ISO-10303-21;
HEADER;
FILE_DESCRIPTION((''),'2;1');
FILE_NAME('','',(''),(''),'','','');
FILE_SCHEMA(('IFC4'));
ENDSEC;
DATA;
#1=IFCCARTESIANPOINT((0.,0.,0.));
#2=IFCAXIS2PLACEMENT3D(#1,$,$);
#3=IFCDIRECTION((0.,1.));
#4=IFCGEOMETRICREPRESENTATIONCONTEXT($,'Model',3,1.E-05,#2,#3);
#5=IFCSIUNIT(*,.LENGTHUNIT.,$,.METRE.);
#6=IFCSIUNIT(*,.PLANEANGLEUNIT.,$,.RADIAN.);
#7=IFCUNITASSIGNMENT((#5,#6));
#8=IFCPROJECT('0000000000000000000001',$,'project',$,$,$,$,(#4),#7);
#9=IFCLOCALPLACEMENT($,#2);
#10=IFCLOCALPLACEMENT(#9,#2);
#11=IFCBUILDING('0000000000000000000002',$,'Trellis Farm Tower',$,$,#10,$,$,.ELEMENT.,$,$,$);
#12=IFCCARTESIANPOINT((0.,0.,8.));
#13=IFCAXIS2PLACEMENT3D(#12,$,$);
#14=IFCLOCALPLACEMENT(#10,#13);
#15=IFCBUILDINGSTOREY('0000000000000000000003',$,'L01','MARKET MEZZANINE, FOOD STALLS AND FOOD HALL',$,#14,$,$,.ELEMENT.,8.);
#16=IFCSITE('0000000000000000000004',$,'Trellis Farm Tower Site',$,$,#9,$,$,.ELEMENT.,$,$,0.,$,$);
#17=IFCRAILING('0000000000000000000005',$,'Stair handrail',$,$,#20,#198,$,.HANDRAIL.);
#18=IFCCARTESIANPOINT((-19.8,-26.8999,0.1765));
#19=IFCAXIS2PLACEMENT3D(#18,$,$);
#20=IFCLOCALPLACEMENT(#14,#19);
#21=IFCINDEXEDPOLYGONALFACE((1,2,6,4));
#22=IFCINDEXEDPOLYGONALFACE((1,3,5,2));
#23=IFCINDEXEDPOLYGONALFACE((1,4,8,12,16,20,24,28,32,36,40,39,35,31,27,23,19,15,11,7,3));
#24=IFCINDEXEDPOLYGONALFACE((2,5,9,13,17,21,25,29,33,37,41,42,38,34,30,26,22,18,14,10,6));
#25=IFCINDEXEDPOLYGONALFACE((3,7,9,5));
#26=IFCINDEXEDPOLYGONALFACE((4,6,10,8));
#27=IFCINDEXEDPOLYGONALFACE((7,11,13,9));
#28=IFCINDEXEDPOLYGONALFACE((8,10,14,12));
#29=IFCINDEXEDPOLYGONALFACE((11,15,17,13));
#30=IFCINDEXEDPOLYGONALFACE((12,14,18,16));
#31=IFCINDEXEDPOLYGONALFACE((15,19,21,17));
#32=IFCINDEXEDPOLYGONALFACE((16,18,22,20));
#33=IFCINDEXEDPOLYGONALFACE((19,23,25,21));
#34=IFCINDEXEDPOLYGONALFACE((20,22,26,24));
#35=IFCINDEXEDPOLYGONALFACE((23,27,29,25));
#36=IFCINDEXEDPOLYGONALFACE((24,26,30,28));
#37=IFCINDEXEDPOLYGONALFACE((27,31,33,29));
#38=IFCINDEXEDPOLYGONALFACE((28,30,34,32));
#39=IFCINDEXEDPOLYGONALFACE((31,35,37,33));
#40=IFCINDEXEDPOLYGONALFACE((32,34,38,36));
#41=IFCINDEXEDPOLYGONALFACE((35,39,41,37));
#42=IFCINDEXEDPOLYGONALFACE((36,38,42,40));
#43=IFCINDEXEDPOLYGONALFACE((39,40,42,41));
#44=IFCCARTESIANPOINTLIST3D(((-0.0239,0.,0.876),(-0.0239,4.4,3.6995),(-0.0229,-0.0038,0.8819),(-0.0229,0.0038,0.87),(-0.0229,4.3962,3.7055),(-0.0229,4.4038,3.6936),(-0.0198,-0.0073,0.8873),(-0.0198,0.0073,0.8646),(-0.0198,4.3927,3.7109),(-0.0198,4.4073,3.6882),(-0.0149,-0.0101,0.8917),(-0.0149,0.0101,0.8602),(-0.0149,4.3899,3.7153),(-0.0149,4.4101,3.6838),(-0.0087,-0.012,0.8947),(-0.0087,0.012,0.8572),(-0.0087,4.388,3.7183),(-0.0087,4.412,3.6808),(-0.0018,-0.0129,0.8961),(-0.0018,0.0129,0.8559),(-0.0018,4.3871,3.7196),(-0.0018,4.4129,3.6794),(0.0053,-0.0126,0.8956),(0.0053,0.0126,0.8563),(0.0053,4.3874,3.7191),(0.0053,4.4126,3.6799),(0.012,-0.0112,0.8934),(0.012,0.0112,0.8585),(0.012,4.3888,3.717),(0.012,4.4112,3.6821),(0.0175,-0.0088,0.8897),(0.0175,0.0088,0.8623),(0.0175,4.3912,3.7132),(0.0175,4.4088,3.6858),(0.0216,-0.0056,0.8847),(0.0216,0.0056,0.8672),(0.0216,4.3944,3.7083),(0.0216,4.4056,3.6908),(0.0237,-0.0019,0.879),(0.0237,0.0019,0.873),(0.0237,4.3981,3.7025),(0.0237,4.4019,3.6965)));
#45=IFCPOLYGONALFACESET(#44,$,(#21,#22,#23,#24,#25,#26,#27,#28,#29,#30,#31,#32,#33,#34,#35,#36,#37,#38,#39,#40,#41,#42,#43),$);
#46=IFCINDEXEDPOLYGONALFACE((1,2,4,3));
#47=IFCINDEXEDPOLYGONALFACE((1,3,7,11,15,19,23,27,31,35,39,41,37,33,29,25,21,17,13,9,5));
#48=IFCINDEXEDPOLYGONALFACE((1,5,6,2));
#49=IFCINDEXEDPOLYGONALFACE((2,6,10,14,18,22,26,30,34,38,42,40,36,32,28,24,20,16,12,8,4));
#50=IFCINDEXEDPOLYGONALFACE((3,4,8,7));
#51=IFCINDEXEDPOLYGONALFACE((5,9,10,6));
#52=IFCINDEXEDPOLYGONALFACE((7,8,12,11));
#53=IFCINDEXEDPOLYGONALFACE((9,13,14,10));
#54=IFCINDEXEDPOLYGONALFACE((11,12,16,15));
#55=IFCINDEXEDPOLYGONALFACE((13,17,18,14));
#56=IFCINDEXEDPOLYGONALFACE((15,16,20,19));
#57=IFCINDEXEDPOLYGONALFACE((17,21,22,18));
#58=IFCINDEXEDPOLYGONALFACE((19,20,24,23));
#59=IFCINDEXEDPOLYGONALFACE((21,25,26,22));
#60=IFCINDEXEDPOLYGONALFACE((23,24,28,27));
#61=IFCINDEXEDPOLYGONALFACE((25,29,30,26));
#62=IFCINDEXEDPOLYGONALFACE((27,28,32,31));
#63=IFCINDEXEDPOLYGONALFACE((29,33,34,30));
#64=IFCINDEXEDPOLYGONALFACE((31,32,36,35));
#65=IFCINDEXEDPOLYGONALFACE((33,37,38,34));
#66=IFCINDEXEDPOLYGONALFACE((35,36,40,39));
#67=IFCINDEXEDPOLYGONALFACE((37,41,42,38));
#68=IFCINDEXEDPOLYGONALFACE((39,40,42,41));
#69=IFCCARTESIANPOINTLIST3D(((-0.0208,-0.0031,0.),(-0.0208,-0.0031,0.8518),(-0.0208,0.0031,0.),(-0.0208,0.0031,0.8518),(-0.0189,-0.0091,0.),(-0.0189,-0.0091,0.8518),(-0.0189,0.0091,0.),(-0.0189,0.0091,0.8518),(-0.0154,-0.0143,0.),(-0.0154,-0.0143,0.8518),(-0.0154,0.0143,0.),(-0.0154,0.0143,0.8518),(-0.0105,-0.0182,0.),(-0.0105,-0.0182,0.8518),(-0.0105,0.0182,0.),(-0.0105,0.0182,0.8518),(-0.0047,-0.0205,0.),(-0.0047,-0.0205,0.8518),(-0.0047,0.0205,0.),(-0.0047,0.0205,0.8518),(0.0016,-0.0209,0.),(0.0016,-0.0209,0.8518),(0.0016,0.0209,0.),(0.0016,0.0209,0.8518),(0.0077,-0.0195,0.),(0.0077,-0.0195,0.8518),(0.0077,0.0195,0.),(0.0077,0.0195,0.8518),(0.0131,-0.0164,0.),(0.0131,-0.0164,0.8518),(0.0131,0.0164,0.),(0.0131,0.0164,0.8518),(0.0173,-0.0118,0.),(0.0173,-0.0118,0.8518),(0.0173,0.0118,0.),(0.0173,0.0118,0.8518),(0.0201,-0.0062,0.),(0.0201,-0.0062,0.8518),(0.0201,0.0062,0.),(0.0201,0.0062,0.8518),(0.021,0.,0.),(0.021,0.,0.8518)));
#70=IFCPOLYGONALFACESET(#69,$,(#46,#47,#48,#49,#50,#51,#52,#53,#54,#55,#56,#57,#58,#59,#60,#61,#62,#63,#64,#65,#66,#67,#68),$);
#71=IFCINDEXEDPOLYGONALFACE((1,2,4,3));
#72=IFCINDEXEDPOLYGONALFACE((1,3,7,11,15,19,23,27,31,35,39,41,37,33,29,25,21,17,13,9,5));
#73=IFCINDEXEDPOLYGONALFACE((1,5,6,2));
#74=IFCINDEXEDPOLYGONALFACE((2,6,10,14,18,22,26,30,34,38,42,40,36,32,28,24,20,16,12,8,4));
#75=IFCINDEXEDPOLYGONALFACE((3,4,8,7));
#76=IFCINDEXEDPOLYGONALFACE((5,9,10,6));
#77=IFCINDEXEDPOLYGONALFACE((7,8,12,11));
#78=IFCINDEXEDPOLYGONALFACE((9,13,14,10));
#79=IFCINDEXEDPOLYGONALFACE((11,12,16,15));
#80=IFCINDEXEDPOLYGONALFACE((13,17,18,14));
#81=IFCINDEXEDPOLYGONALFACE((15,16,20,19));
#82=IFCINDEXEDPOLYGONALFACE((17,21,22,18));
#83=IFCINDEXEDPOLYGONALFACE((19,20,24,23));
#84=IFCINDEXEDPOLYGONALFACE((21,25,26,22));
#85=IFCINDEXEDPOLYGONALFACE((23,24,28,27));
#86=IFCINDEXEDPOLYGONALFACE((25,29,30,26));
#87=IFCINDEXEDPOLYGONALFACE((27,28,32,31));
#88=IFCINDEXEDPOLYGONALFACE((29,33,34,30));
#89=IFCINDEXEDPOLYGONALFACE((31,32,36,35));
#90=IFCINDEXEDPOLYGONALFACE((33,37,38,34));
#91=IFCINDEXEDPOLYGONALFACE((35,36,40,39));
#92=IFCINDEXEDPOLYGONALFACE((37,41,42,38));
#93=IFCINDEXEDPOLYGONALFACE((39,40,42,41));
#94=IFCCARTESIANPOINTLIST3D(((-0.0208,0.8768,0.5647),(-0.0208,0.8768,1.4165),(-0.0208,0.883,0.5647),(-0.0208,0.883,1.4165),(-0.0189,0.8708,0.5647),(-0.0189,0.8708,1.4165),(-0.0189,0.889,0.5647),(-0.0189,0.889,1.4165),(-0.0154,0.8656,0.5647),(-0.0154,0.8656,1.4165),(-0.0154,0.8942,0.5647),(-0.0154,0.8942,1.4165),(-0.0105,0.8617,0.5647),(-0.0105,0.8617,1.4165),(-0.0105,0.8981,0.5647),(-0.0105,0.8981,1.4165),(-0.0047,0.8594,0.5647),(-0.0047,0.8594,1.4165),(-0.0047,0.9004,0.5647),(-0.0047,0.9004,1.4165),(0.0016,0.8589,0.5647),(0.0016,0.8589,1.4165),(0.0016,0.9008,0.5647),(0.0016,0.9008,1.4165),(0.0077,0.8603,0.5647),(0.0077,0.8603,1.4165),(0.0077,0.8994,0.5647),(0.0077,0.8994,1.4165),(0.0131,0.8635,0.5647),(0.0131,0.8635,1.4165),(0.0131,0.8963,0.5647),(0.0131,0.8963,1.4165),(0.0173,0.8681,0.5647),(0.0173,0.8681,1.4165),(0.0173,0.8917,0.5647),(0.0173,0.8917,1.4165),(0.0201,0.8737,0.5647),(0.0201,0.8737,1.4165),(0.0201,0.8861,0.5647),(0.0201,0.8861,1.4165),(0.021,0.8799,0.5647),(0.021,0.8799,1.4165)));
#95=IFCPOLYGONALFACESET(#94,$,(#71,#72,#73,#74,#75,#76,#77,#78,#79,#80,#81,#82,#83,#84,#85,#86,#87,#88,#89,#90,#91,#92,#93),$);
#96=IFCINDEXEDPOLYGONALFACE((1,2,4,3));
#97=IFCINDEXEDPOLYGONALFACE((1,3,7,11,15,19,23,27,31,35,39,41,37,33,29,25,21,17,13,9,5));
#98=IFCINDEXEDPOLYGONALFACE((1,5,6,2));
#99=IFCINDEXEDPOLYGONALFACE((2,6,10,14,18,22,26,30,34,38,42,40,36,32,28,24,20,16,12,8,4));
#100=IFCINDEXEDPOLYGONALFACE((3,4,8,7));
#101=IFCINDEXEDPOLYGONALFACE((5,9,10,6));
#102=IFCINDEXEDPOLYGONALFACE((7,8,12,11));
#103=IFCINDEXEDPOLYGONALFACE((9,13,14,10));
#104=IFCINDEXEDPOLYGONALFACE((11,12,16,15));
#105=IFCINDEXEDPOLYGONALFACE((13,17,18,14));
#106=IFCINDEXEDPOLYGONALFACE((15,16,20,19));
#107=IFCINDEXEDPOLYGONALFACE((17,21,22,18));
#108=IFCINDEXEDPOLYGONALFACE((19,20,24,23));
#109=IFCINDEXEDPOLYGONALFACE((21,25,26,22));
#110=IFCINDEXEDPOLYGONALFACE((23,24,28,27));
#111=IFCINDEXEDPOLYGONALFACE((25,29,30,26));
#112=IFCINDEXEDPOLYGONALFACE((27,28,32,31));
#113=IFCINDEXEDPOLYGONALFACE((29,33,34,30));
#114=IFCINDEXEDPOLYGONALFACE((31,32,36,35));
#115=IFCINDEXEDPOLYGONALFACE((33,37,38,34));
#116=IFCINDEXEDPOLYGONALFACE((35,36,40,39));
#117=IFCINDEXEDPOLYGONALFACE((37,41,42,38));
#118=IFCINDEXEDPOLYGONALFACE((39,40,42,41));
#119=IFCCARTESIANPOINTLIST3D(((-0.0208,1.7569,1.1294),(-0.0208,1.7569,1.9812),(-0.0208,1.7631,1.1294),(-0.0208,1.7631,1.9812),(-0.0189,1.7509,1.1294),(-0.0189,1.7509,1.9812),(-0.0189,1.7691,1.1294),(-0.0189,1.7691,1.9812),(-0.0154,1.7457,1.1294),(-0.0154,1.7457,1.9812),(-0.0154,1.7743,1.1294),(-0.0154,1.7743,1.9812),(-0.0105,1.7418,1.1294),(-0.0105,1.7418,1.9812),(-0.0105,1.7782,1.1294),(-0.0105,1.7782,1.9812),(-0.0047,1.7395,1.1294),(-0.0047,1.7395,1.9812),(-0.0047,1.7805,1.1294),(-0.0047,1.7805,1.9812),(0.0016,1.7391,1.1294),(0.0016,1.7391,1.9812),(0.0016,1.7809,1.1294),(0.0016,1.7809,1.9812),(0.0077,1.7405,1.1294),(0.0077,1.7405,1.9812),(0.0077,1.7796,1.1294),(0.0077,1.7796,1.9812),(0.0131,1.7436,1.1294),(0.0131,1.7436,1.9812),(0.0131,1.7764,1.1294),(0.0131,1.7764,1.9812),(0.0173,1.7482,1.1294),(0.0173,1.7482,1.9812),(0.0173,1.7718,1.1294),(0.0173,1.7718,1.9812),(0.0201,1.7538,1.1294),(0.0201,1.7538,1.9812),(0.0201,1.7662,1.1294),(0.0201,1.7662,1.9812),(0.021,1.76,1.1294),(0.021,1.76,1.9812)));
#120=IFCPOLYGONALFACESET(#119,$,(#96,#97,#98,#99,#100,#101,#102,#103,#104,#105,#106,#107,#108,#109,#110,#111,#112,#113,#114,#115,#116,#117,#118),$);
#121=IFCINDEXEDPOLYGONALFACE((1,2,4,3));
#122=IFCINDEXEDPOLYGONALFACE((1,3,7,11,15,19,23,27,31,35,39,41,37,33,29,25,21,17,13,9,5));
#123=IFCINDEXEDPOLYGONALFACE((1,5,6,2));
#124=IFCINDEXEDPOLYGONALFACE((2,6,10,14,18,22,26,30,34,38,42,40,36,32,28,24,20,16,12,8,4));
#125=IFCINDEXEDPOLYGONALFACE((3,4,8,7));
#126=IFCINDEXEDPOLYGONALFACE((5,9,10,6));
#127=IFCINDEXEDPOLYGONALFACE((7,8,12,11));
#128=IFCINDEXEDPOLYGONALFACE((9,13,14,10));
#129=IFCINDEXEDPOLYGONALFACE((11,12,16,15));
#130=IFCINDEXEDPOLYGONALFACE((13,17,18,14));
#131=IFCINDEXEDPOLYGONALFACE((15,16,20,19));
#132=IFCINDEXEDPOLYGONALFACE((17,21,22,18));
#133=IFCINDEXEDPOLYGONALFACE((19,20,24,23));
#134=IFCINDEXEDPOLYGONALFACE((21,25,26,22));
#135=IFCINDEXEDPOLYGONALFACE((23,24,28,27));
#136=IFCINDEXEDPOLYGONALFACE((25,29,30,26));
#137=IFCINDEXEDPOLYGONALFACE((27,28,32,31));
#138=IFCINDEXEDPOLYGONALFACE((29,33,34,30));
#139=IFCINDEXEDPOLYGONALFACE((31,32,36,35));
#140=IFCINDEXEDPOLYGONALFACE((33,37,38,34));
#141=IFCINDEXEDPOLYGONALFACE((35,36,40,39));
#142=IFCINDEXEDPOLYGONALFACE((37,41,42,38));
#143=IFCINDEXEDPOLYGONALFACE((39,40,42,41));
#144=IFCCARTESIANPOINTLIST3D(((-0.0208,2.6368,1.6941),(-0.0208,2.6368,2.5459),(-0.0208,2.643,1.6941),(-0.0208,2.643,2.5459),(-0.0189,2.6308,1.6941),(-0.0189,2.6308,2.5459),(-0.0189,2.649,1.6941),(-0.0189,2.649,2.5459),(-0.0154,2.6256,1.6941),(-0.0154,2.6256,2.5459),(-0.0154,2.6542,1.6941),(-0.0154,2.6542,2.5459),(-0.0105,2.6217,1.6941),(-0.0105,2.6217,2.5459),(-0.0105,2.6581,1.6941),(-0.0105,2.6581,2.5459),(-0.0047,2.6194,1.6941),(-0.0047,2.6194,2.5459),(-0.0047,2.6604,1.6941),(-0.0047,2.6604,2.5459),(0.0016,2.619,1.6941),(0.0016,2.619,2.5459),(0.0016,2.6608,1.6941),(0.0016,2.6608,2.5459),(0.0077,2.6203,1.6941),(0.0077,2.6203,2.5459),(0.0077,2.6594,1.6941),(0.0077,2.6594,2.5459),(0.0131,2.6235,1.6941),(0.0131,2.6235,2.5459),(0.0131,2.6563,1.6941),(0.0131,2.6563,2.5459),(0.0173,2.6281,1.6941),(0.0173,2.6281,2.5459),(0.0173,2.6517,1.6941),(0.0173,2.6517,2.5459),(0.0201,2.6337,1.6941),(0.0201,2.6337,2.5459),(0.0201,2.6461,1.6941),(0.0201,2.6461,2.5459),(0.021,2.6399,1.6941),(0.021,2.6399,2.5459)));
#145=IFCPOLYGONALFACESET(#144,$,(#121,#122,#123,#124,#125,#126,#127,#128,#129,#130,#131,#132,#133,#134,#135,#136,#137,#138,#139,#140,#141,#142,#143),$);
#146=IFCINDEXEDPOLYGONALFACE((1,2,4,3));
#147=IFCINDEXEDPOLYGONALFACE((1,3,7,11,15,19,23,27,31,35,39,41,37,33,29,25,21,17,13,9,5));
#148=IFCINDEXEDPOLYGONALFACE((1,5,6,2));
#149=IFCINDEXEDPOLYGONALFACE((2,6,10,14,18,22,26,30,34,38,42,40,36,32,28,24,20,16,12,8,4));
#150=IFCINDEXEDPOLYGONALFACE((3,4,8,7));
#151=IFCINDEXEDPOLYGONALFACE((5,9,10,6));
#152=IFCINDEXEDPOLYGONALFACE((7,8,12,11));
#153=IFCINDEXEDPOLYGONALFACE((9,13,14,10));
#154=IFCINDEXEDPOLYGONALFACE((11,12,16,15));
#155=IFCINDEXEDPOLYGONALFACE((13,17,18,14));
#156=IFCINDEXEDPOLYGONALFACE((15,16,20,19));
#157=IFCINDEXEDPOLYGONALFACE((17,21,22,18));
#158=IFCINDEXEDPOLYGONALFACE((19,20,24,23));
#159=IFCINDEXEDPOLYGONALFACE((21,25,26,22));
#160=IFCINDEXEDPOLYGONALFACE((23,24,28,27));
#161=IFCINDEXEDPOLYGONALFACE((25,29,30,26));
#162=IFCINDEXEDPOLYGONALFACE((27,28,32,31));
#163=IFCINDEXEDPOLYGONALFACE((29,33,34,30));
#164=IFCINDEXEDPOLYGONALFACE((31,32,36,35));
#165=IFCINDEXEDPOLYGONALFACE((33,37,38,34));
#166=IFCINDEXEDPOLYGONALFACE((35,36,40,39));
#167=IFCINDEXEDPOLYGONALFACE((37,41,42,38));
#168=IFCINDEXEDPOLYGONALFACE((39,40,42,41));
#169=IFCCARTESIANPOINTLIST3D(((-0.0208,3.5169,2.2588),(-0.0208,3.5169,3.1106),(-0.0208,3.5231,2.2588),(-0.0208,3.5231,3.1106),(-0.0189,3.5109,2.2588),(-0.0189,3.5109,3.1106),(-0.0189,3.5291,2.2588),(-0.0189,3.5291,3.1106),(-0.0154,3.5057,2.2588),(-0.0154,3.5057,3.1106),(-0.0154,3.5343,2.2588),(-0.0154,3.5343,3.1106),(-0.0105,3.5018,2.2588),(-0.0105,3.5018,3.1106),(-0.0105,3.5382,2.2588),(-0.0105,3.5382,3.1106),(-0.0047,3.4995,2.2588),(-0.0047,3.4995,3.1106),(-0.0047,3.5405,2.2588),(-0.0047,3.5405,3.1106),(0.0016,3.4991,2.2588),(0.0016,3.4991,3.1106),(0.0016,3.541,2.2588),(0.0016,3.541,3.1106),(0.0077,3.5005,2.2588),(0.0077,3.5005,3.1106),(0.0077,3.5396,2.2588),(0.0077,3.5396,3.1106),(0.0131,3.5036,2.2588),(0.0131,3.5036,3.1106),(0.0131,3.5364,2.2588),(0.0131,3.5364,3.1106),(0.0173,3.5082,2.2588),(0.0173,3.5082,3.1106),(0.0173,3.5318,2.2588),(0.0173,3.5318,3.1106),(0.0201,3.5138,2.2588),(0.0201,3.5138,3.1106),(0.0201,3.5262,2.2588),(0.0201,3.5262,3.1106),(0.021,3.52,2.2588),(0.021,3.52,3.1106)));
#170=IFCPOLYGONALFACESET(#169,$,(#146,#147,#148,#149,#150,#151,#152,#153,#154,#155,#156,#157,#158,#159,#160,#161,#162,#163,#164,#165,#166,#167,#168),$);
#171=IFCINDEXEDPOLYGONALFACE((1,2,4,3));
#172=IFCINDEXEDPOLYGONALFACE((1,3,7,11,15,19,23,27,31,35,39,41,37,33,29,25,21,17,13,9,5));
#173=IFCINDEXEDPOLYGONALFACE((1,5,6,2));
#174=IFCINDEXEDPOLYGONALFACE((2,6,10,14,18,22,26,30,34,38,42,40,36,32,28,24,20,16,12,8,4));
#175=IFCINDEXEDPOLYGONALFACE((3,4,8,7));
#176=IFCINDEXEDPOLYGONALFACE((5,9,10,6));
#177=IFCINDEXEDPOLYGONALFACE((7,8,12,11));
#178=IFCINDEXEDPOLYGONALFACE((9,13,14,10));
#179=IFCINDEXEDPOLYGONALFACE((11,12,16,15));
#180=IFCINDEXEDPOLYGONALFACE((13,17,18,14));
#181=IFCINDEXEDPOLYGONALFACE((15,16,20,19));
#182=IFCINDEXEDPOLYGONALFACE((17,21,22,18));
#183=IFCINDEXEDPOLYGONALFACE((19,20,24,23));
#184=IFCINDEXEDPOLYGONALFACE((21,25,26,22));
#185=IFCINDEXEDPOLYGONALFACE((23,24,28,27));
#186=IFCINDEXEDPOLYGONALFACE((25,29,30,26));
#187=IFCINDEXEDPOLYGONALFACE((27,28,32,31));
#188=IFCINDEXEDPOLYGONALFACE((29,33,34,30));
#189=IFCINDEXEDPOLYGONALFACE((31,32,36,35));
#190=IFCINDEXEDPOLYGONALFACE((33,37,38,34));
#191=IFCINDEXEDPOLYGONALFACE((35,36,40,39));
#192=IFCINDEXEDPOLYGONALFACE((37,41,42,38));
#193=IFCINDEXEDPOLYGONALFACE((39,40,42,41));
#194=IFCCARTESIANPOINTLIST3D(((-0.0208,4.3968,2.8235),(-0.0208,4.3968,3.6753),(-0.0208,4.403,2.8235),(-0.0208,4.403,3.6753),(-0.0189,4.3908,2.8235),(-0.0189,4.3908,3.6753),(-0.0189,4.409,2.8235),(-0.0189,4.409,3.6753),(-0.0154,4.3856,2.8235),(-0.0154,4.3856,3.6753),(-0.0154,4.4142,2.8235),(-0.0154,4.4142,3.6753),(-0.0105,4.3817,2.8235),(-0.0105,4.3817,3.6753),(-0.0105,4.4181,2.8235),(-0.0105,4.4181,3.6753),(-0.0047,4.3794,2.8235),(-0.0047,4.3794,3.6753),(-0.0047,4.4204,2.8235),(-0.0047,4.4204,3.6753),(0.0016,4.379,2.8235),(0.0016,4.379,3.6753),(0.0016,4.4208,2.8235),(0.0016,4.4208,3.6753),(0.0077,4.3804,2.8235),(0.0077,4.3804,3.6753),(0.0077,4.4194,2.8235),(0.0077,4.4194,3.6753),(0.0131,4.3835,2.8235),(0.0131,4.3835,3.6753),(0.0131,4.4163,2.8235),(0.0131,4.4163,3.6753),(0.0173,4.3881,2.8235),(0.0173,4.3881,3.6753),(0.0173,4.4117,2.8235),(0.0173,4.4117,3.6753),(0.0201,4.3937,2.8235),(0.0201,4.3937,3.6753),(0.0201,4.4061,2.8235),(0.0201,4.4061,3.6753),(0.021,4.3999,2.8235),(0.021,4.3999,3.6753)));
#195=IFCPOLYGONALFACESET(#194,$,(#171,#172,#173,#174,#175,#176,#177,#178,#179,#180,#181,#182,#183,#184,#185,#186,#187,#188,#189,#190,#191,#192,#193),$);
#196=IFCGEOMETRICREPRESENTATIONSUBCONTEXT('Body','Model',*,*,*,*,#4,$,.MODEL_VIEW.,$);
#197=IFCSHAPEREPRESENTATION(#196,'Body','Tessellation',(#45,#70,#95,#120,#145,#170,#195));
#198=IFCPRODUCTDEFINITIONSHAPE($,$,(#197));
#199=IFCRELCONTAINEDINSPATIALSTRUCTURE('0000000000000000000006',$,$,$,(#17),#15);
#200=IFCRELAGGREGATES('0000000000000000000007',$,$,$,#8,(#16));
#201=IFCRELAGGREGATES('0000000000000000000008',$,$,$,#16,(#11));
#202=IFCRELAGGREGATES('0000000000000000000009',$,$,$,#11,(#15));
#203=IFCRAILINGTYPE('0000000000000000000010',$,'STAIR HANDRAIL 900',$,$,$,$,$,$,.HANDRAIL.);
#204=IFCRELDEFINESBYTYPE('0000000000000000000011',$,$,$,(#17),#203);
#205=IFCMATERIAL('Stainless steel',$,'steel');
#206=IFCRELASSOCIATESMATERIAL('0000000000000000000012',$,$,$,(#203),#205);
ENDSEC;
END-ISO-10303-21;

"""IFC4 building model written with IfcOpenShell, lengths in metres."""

from ifc_helpers import new_model, si_unit, direction, frame, origin, origin_2d, place, context, subcontext, project, spatial, circle, extrude, source, transform, mapped, material, type_object, element, save


model = new_model("IFC4")

# Units and contexts
model_context = context("Model", 3, precision=1e-05, world=origin(), true_north=direction((0.0, 1.0)))
body_context = subcontext(model_context, "Body", "Model", "MODEL_VIEW")
ifc_project = project(units=[si_unit("LENGTHUNIT", "METRE"), si_unit("PLANEANGLEUNIT", "RADIAN")], contexts=[model_context])

# Site, building, storey
site_placement = place(None, origin())
site = spatial("IfcSite", under=ifc_project, at=site_placement, Name="Trellis Farm Tower Site", CompositionType="ELEMENT", RefElevation=0.0)
building_placement = place(site_placement, origin())
building = spatial("IfcBuilding", under=site, at=building_placement, Name="Trellis Farm Tower", CompositionType="ELEMENT")
storey_placement = place(building_placement, frame((0.0, 0.0, 8.0)))
storey = spatial("IfcBuildingStorey", under=building, at=storey_placement, Name="L01", Description="MARKET MEZZANINE, FOOD STALLS AND FOOD HALL", CompositionType="ELEMENT", Elevation=8.0)

# Railing
ifc_material_1 = material(Name="Stainless steel", Category="steel")
railing_type = type_object("IfcRailingType", Name="STAIR HANDRAIL 900", PredefinedType="HANDRAIL", material=ifc_material_1)
shared_shape_1 = source(origin(), body_context, "Body", "SweptSolid", [
    extrude(circle(Radius=0.0239, at=origin_2d()), frame((0.0, 0.0, 0.876), z_axis=(0.0, 0.841615, 0.540078), x_axis=(-1.0, 0.0, 0.0)), (0.0, 0.0, 1.0), 5.228),
    extrude(circle(Radius=0.021, at=origin_2d()), origin(), (0.0, 0.0, 1.0), 0.8518),
    extrude(circle(Radius=0.021, at=origin_2d()), frame((0.0, 0.8799, 0.5647)), (0.0, 0.0, 1.0), 0.8518),
    extrude(circle(Radius=0.021, at=origin_2d()), frame((0.0, 1.76, 1.1294)), (0.0, 0.0, 1.0), 0.8518),
    extrude(circle(Radius=0.021, at=origin_2d()), frame((0.0, 2.6399, 1.6941)), (0.0, 0.0, 1.0), 0.8518),
    extrude(circle(Radius=0.021, at=origin_2d()), frame((0.0, 3.52, 2.2588)), (0.0, 0.0, 1.0), 0.8518),
    extrude(circle(Radius=0.021, at=origin_2d()), frame((0.0, 4.3999, 2.8235)), (0.0, 0.0, 1.0), 0.8518),
])
for number, where, name in (
    (1, (-19.8, -26.8999, 0.1765), "Stair handrail"),
):
    element("IfcRailing", number, at=place(storey_placement, frame(where)), inside=storey, type_object=railing_type, Name=name, PredefinedType="HANDRAIL", context=body_context, shape_type="MappedRepresentation", body=[
        mapped(shared_shape_1, transform((0.0, 0.0, 0.0))),
    ])

save(model, "model.ifc")
